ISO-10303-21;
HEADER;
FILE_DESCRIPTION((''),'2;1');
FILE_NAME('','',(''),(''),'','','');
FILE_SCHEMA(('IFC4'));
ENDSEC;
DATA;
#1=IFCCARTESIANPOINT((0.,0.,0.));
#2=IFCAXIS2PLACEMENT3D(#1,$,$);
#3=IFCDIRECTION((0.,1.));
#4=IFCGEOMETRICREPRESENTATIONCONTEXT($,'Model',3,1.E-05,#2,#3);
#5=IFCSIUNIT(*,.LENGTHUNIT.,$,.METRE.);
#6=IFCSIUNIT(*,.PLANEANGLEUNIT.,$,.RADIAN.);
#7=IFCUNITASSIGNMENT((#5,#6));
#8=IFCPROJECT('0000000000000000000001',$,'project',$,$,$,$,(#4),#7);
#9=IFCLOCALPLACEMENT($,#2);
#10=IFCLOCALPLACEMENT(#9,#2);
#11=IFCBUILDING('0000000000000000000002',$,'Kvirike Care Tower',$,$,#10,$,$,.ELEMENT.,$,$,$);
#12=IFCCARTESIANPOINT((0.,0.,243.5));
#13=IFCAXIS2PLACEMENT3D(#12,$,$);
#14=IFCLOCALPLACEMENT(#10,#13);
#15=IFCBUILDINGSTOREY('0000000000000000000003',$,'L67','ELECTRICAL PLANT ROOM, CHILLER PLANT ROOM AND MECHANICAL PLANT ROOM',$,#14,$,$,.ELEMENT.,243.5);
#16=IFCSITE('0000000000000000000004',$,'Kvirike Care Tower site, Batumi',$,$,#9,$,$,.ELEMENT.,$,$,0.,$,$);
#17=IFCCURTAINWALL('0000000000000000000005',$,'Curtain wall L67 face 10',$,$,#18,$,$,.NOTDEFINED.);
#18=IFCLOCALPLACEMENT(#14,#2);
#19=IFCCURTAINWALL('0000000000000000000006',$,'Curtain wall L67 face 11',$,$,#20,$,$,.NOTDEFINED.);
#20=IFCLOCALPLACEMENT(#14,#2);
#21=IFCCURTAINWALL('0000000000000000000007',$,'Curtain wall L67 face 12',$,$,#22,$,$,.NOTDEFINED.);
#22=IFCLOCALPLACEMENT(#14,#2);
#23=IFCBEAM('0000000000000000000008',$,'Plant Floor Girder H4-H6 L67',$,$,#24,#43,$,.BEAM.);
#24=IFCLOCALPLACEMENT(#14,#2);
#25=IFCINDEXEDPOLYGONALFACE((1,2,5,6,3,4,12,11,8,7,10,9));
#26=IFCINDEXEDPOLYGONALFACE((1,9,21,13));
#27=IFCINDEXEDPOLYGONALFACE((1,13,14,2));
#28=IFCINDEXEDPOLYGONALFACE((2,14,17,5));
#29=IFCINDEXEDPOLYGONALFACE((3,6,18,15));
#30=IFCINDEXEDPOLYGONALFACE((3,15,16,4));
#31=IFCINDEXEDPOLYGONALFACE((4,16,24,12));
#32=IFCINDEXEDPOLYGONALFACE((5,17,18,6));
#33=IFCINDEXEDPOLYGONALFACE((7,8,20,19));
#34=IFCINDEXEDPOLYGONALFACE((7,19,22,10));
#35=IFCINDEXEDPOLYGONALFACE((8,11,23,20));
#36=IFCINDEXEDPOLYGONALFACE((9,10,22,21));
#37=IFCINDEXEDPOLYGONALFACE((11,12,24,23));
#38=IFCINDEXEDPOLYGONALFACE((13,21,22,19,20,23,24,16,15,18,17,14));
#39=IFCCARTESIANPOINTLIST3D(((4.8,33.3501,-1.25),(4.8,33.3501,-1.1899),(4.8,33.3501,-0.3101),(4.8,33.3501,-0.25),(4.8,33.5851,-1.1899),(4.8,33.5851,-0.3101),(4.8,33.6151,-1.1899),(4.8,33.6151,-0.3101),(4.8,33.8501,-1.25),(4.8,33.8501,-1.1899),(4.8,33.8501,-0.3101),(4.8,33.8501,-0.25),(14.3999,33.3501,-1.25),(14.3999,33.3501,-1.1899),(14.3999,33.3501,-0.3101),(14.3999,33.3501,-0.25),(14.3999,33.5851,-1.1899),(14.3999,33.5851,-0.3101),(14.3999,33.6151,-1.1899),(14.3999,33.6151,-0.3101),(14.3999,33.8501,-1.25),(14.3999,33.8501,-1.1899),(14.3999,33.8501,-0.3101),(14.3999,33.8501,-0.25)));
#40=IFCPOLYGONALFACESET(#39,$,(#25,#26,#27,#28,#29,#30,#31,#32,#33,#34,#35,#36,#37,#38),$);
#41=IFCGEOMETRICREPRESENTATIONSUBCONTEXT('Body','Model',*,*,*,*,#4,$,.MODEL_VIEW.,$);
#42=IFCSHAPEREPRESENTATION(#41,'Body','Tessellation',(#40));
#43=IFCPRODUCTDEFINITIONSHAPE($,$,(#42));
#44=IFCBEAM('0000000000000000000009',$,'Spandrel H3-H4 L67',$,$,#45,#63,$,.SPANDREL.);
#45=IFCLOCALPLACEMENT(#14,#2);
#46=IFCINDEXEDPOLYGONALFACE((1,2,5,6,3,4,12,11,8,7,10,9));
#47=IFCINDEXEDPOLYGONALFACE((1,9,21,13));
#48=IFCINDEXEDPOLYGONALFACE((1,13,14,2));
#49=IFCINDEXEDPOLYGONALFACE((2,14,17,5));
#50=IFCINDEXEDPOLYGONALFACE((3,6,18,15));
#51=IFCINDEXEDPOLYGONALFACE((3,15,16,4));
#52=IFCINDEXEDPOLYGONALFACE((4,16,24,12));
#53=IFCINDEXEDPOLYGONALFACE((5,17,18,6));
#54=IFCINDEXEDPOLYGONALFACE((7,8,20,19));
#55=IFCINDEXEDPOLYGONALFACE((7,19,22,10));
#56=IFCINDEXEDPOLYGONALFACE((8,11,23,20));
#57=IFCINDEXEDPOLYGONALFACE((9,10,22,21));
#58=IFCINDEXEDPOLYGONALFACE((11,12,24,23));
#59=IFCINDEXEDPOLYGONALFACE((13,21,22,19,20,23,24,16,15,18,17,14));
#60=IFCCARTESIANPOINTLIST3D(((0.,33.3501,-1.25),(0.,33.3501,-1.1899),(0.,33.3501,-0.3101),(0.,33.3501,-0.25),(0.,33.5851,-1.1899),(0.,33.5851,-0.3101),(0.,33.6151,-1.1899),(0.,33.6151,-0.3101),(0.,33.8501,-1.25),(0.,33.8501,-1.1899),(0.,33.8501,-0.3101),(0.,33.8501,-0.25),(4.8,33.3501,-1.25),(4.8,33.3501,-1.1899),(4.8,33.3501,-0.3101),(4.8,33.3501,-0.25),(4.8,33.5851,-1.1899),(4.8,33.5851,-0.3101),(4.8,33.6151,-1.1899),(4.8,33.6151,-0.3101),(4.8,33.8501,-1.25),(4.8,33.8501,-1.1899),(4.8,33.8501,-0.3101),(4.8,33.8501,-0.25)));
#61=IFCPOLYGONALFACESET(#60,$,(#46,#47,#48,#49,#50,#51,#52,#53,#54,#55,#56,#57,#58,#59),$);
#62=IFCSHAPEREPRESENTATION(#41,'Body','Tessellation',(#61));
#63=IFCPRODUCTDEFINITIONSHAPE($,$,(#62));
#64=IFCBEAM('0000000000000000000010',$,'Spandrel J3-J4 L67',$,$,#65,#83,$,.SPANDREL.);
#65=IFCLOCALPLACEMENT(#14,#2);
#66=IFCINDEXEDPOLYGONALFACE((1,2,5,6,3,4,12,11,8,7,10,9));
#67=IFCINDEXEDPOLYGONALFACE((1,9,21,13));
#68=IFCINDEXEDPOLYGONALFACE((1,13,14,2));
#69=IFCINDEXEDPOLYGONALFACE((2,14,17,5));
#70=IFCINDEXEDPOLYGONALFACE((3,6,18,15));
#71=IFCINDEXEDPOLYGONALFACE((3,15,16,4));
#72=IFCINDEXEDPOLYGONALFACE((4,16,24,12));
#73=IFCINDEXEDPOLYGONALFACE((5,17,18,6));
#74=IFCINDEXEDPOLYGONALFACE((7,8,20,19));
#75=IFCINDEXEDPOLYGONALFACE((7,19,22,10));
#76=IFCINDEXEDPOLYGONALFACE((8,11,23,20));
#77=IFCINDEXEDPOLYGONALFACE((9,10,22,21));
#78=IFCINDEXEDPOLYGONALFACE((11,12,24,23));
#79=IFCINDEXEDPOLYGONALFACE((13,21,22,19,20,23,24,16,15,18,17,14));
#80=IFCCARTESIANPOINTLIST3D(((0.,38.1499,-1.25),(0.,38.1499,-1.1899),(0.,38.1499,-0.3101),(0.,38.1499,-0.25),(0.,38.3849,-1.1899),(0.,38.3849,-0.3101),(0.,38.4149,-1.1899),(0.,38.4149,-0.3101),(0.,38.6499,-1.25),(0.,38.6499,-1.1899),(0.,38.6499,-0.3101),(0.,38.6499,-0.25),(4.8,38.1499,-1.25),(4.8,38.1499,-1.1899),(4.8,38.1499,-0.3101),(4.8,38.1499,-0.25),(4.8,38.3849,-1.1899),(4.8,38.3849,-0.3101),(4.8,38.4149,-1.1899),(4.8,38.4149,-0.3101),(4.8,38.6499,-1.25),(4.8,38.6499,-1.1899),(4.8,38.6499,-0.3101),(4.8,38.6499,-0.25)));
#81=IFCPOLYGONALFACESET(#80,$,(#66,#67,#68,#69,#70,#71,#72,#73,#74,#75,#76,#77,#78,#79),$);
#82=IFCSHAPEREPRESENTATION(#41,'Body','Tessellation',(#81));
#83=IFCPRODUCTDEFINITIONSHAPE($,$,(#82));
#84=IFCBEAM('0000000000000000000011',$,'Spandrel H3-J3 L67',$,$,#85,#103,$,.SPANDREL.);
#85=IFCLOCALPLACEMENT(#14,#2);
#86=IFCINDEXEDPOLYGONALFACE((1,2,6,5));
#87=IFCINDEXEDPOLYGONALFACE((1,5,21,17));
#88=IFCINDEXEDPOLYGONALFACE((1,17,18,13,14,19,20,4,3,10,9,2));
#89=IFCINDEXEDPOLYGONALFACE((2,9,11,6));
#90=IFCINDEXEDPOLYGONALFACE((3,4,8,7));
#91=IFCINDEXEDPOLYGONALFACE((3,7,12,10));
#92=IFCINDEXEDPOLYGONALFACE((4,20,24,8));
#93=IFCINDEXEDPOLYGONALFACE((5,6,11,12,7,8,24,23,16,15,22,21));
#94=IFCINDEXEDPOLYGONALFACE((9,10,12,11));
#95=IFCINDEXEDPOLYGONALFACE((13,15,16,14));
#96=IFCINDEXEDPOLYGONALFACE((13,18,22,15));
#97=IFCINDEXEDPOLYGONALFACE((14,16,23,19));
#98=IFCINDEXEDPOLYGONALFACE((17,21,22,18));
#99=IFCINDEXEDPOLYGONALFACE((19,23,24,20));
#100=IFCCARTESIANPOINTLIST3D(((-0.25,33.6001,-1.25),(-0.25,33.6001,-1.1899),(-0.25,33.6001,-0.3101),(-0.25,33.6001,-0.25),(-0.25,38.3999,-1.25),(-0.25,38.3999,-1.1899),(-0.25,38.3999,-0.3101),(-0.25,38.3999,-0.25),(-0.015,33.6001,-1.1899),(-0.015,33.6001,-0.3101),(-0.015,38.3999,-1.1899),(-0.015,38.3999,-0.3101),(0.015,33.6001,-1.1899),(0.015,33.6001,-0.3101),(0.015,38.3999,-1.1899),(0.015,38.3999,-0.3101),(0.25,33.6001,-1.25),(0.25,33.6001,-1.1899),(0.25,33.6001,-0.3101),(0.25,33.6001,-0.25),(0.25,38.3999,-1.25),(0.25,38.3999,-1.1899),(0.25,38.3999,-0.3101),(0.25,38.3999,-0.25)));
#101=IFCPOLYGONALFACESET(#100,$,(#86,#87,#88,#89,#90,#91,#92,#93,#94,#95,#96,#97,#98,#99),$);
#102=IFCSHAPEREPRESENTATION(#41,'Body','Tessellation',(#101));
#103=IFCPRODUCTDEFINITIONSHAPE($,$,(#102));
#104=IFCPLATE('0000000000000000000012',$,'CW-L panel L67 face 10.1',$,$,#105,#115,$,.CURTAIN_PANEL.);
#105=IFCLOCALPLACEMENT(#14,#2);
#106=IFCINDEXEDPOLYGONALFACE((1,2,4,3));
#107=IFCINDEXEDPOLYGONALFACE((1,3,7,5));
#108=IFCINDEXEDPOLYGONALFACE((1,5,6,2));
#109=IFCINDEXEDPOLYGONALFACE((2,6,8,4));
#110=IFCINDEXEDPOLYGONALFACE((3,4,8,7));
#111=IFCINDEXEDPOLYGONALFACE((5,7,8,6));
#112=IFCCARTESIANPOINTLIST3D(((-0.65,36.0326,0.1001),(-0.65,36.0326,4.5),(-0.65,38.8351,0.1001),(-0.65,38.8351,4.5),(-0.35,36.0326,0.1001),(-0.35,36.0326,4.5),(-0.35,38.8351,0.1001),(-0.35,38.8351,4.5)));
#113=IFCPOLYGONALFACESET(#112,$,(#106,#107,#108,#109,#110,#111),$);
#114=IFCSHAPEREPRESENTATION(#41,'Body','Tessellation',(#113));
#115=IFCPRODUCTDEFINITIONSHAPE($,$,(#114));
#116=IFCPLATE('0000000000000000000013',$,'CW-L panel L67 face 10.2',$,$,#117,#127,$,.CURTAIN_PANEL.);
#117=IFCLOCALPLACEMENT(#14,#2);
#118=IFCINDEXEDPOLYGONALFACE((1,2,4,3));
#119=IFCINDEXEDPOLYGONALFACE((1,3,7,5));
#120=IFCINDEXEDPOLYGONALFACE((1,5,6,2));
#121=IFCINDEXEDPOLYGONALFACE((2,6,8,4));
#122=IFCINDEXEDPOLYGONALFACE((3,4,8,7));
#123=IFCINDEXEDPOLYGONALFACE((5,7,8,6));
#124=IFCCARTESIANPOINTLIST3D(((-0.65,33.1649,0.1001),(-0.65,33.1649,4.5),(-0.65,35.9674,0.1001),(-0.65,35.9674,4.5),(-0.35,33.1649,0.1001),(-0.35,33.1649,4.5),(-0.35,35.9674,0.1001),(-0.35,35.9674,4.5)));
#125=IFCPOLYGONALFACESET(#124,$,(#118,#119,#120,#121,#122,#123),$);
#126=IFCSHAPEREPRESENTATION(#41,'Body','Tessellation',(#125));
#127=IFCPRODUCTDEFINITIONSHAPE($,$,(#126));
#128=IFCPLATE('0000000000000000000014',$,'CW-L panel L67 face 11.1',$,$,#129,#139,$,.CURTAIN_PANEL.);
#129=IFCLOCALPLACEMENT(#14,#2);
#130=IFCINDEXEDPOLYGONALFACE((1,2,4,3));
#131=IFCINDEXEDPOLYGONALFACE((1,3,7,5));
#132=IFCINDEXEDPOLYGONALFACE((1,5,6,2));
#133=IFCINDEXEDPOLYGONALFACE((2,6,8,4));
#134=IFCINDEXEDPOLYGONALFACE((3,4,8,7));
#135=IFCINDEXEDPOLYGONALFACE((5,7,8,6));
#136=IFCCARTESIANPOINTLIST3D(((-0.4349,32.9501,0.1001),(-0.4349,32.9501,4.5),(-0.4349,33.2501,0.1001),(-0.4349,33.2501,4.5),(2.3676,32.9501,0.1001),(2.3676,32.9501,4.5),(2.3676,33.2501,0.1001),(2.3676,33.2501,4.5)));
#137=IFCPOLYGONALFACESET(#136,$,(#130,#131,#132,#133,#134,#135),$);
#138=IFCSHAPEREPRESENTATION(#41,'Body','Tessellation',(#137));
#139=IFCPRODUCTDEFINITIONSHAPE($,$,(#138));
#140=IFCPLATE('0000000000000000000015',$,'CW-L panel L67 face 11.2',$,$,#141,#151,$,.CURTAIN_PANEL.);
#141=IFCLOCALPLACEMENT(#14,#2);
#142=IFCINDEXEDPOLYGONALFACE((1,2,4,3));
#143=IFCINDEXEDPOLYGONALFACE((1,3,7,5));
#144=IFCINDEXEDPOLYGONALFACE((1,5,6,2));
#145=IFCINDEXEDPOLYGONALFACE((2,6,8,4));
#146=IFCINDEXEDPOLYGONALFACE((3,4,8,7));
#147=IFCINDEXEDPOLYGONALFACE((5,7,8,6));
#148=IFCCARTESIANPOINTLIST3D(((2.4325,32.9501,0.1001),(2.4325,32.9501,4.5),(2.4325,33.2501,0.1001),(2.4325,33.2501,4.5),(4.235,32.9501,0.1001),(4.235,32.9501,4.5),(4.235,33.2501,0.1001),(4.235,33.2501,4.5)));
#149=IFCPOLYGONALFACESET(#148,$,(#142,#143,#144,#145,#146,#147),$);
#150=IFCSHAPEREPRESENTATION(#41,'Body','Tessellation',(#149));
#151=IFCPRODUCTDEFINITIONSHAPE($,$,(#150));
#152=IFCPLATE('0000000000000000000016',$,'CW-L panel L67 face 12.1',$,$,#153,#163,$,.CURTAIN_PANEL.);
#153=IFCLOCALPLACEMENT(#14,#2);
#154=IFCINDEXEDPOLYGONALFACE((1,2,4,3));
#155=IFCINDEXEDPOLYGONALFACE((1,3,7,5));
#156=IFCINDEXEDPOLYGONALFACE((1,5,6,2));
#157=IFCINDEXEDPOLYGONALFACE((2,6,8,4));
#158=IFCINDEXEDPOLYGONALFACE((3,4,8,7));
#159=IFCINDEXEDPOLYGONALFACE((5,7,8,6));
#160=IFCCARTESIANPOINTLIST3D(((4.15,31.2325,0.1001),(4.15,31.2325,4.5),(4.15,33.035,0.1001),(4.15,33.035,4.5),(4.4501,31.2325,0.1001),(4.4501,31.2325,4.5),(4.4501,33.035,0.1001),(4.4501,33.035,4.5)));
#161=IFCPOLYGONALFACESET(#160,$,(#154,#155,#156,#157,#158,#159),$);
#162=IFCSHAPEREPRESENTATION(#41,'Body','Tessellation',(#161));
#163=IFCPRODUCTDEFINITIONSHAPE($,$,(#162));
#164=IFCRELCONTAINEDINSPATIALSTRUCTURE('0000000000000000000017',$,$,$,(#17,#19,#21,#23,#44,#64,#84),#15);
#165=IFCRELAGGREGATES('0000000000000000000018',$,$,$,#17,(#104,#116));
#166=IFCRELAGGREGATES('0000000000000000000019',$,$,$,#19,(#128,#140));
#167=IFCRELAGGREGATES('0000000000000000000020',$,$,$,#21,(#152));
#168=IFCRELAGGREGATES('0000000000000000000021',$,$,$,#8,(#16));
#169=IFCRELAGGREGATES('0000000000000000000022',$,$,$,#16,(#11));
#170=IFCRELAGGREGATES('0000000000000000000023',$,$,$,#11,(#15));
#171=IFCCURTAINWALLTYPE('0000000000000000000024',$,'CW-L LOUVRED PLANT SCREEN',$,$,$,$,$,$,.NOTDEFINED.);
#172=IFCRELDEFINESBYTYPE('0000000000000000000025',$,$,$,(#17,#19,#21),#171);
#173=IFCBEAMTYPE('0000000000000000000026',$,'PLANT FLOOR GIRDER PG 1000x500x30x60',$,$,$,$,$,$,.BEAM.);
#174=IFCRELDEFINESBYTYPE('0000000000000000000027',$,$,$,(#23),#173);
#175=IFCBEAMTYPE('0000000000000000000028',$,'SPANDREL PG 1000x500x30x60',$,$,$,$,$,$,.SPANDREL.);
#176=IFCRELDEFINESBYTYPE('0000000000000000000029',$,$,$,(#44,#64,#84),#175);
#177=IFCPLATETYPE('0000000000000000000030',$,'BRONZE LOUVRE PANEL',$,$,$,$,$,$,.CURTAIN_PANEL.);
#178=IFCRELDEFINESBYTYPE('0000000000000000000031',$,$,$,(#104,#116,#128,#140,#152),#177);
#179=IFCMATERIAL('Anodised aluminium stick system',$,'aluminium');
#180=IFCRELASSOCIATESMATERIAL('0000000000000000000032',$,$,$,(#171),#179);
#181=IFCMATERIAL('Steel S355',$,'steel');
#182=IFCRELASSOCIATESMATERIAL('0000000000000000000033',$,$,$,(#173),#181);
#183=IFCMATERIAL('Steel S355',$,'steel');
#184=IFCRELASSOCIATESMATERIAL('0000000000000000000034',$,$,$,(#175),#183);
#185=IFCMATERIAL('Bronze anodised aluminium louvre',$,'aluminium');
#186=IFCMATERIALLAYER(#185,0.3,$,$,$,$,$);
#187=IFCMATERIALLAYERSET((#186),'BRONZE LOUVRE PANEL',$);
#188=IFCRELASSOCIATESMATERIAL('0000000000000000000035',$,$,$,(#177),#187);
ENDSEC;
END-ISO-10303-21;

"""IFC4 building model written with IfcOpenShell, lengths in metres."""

from ifc_helpers import new_model, si_unit, direction, frame, origin, origin_2d, place, context, subcontext, project, spatial, rectangle, i_section, extrude, material, layer, layer_set, material_profile, profile_set, type_object, element, aggregate, save


model = new_model("IFC4")

# Units and contexts
model_context = context("Model", 3, precision=1e-05, world=origin(), true_north=direction((0.0, 1.0)))
body_context = subcontext(model_context, "Body", "Model", "MODEL_VIEW")
ifc_project = project(units=[si_unit("LENGTHUNIT", "METRE"), si_unit("PLANEANGLEUNIT", "RADIAN")], contexts=[model_context])

# Site, building, storey
site_placement = place(None, origin())
site = spatial("IfcSite", under=ifc_project, at=site_placement, Name="Kvirike Care Tower site, Batumi", CompositionType="ELEMENT", RefElevation=0.0)
building_placement = place(site_placement, origin())
building = spatial("IfcBuilding", under=site, at=building_placement, Name="Kvirike Care Tower", CompositionType="ELEMENT")
storey_placement = place(building_placement, frame((0.0, 0.0, 243.5)))
storey = spatial("IfcBuildingStorey", under=building, at=storey_placement, Name="L67", Description="ELECTRICAL PLANT ROOM, CHILLER PLANT ROOM AND MECHANICAL PLANT ROOM", CompositionType="ELEMENT", Elevation=243.5)

# Curtain walls
ifc_material_1 = material(Name="Anodised aluminium stick system", Category="aluminium")
curtain_wall_type = type_object("IfcCurtainWallType", Name="CW-L LOUVRED PLANT SCREEN", PredefinedType="NOTDEFINED", material=ifc_material_1)
curtain_wall_1_placement = place(storey_placement, origin())
curtain_wall_1 = element("IfcCurtainWall", 1, at=curtain_wall_1_placement, inside=storey, type_object=curtain_wall_type, Name="Curtain wall L67 face 10", PredefinedType="NOTDEFINED")
curtain_wall_2_placement = place(storey_placement, origin())
curtain_wall_2 = element("IfcCurtainWall", 2, at=curtain_wall_2_placement, inside=storey, type_object=curtain_wall_type, Name="Curtain wall L67 face 11", PredefinedType="NOTDEFINED")

# Curtain wall
curtain_wall_3_placement = place(storey_placement, origin())
curtain_wall_3 = element("IfcCurtainWall", 3, at=curtain_wall_3_placement, inside=storey, type_object=curtain_wall_type, Name="Curtain wall L67 face 12", PredefinedType="NOTDEFINED")

# Beams
ifc_material_2 = material(Name="Steel S355", Category="steel")
ifc_material_profile_1 = material_profile(ifc_material_2, i_section(OverallWidth=0.5, OverallDepth=1.0, WebThickness=0.03, FlangeThickness=0.0601, at=origin_2d()), Name="PG 1000x500x30x60")
ifc_profile_set_1 = profile_set([ifc_material_profile_1], Name="Steel S355")
beam_type_1 = type_object("IfcBeamType", Name="PLANT FLOOR GIRDER PG 1000x500x30x60", PredefinedType="BEAM", material=ifc_profile_set_1)
beam_1_placement = place(storey_placement, frame((4.8, 33.6001, -0.75), z_axis=(1.0, 0.0, 0.0), x_axis=(0.0, 1.0, 0.0)))
element("IfcBeam", 4, at=beam_1_placement, inside=storey, type_object=beam_type_1, Name="Plant Floor Girder H4-H6 L67", PredefinedType="BEAM", context=body_context, shape_type="SweptSolid", body=[
    extrude(i_section(OverallWidth=0.5, OverallDepth=1.0, WebThickness=0.03, FlangeThickness=0.0601, at=origin_2d()), origin(), (0.0, 0.0, 1.0), 9.5999),
])
ifc_material_3 = material(Name="Steel S355", Category="steel")
ifc_material_profile_2 = material_profile(ifc_material_3, i_section(OverallWidth=0.5, OverallDepth=1.0, WebThickness=0.03, FlangeThickness=0.0601, at=origin_2d()), Name="PG 1000x500x30x60")
ifc_profile_set_2 = profile_set([ifc_material_profile_2], Name="Steel S355")
beam_type_2 = type_object("IfcBeamType", Name="SPANDREL PG 1000x500x30x60", PredefinedType="SPANDREL", material=ifc_profile_set_2)
for number, where, z_axis, x_axis, name in (
    (5, (0.0, 33.6001, -0.75), (1.0, 0.0, 0.0), (0.0, 1.0, 0.0), "Spandrel H3-H4 L67"),
    (6, (0.0, 38.3999, -0.75), (1.0, 0.0, 0.0), (0.0, 1.0, 0.0), "Spandrel J3-J4 L67"),
):
    element("IfcBeam", number, at=place(storey_placement, frame(where, z_axis=z_axis, x_axis=x_axis)), inside=storey, type_object=beam_type_2, Name=name, PredefinedType="SPANDREL", context=body_context, shape_type="SweptSolid", body=[
        extrude(i_section(OverallWidth=0.5, OverallDepth=1.0, WebThickness=0.03, FlangeThickness=0.0601, at=origin_2d()), origin(), (0.0, 0.0, 1.0), 4.8),
    ])
beam_2_placement = place(storey_placement, frame((0.0, 33.6001, -0.75), z_axis=(0.0, 1.0, 0.0), x_axis=(-1.0, 0.0, 0.0)))
element("IfcBeam", 7, at=beam_2_placement, inside=storey, type_object=beam_type_2, Name="Spandrel H3-J3 L67", PredefinedType="SPANDREL", context=body_context, shape_type="SweptSolid", body=[
    extrude(i_section(OverallWidth=0.5, OverallDepth=1.0, WebThickness=0.03, FlangeThickness=0.0601, at=origin_2d()), origin(), (0.0, 0.0, 1.0), 4.7998),
])

# Plates
ifc_material_4 = material(Name="Bronze anodised aluminium louvre", Category="aluminium")
ifc_layer = layer(ifc_material_4, 0.3)
ifc_layer_set = layer_set([ifc_layer], Name="BRONZE LOUVRE PANEL")
plate_type = type_object("IfcPlateType", Name="BRONZE LOUVRE PANEL", PredefinedType="CURTAIN_PANEL", material=ifc_layer_set)
plate_1_placement = place(storey_placement, frame((-0.5, 37.4338, 0.1001), z_axis=(0.0, 0.0, 1.0), x_axis=(0.0, -1.0, 0.0)))
plate_1 = element("IfcPlate", 8, at=plate_1_placement, type_object=plate_type, Name="CW-L panel L67 face 10.1", PredefinedType="CURTAIN_PANEL", context=body_context, shape_type="SweptSolid", body=[
    extrude(rectangle(XDim=2.8025, YDim=0.3, at=origin_2d()), origin(), (0.0, 0.0, 1.0), 4.3999),
])
plate_2_placement = place(storey_placement, frame((-0.5, 34.5662, 0.1001), z_axis=(0.0, 0.0, 1.0), x_axis=(0.0, -1.0, 0.0)))
plate_2 = element("IfcPlate", 9, at=plate_2_placement, type_object=plate_type, Name="CW-L panel L67 face 10.2", PredefinedType="CURTAIN_PANEL", context=body_context, shape_type="SweptSolid", body=[
    extrude(rectangle(XDim=2.8025, YDim=0.3, at=origin_2d()), origin(), (0.0, 0.0, 1.0), 4.3999),
])
aggregate(curtain_wall_1, [plate_1, plate_2])
plate_3_placement = place(storey_placement, frame((0.9663, 33.1001, 0.1001), z_axis=(0.0, 0.0, 1.0), x_axis=(1.0, 0.0, 0.0)))
plate_3 = element("IfcPlate", 10, at=plate_3_placement, type_object=plate_type, Name="CW-L panel L67 face 11.1", PredefinedType="CURTAIN_PANEL", context=body_context, shape_type="SweptSolid", body=[
    extrude(rectangle(XDim=2.8025, YDim=0.3, at=origin_2d()), origin(), (0.0, 0.0, 1.0), 4.3999),
])
plate_4_placement = place(storey_placement, frame((3.3337, 33.1001, 0.1001), z_axis=(0.0, 0.0, 1.0), x_axis=(1.0, 0.0, 0.0)))
plate_4 = element("IfcPlate", 11, at=plate_4_placement, type_object=plate_type, Name="CW-L panel L67 face 11.2", PredefinedType="CURTAIN_PANEL", context=body_context, shape_type="SweptSolid", body=[
    extrude(rectangle(XDim=1.8025, YDim=0.3, at=origin_2d()), origin(), (0.0, 0.0, 1.0), 4.3999),
])
aggregate(curtain_wall_2, [plate_3, plate_4])
plate_5_placement = place(storey_placement, frame((4.3, 32.1338, 0.1001), z_axis=(0.0, 0.0, 1.0), x_axis=(0.0, -1.0, 0.0)))
plate_5 = element("IfcPlate", 12, at=plate_5_placement, type_object=plate_type, Name="CW-L panel L67 face 12.1", PredefinedType="CURTAIN_PANEL", context=body_context, shape_type="SweptSolid", body=[
    extrude(rectangle(XDim=1.8025, YDim=0.3, at=origin_2d()), origin(), (0.0, 0.0, 1.0), 4.3999),
])
aggregate(curtain_wall_3, [plate_5])

save(model, "model.ifc")
